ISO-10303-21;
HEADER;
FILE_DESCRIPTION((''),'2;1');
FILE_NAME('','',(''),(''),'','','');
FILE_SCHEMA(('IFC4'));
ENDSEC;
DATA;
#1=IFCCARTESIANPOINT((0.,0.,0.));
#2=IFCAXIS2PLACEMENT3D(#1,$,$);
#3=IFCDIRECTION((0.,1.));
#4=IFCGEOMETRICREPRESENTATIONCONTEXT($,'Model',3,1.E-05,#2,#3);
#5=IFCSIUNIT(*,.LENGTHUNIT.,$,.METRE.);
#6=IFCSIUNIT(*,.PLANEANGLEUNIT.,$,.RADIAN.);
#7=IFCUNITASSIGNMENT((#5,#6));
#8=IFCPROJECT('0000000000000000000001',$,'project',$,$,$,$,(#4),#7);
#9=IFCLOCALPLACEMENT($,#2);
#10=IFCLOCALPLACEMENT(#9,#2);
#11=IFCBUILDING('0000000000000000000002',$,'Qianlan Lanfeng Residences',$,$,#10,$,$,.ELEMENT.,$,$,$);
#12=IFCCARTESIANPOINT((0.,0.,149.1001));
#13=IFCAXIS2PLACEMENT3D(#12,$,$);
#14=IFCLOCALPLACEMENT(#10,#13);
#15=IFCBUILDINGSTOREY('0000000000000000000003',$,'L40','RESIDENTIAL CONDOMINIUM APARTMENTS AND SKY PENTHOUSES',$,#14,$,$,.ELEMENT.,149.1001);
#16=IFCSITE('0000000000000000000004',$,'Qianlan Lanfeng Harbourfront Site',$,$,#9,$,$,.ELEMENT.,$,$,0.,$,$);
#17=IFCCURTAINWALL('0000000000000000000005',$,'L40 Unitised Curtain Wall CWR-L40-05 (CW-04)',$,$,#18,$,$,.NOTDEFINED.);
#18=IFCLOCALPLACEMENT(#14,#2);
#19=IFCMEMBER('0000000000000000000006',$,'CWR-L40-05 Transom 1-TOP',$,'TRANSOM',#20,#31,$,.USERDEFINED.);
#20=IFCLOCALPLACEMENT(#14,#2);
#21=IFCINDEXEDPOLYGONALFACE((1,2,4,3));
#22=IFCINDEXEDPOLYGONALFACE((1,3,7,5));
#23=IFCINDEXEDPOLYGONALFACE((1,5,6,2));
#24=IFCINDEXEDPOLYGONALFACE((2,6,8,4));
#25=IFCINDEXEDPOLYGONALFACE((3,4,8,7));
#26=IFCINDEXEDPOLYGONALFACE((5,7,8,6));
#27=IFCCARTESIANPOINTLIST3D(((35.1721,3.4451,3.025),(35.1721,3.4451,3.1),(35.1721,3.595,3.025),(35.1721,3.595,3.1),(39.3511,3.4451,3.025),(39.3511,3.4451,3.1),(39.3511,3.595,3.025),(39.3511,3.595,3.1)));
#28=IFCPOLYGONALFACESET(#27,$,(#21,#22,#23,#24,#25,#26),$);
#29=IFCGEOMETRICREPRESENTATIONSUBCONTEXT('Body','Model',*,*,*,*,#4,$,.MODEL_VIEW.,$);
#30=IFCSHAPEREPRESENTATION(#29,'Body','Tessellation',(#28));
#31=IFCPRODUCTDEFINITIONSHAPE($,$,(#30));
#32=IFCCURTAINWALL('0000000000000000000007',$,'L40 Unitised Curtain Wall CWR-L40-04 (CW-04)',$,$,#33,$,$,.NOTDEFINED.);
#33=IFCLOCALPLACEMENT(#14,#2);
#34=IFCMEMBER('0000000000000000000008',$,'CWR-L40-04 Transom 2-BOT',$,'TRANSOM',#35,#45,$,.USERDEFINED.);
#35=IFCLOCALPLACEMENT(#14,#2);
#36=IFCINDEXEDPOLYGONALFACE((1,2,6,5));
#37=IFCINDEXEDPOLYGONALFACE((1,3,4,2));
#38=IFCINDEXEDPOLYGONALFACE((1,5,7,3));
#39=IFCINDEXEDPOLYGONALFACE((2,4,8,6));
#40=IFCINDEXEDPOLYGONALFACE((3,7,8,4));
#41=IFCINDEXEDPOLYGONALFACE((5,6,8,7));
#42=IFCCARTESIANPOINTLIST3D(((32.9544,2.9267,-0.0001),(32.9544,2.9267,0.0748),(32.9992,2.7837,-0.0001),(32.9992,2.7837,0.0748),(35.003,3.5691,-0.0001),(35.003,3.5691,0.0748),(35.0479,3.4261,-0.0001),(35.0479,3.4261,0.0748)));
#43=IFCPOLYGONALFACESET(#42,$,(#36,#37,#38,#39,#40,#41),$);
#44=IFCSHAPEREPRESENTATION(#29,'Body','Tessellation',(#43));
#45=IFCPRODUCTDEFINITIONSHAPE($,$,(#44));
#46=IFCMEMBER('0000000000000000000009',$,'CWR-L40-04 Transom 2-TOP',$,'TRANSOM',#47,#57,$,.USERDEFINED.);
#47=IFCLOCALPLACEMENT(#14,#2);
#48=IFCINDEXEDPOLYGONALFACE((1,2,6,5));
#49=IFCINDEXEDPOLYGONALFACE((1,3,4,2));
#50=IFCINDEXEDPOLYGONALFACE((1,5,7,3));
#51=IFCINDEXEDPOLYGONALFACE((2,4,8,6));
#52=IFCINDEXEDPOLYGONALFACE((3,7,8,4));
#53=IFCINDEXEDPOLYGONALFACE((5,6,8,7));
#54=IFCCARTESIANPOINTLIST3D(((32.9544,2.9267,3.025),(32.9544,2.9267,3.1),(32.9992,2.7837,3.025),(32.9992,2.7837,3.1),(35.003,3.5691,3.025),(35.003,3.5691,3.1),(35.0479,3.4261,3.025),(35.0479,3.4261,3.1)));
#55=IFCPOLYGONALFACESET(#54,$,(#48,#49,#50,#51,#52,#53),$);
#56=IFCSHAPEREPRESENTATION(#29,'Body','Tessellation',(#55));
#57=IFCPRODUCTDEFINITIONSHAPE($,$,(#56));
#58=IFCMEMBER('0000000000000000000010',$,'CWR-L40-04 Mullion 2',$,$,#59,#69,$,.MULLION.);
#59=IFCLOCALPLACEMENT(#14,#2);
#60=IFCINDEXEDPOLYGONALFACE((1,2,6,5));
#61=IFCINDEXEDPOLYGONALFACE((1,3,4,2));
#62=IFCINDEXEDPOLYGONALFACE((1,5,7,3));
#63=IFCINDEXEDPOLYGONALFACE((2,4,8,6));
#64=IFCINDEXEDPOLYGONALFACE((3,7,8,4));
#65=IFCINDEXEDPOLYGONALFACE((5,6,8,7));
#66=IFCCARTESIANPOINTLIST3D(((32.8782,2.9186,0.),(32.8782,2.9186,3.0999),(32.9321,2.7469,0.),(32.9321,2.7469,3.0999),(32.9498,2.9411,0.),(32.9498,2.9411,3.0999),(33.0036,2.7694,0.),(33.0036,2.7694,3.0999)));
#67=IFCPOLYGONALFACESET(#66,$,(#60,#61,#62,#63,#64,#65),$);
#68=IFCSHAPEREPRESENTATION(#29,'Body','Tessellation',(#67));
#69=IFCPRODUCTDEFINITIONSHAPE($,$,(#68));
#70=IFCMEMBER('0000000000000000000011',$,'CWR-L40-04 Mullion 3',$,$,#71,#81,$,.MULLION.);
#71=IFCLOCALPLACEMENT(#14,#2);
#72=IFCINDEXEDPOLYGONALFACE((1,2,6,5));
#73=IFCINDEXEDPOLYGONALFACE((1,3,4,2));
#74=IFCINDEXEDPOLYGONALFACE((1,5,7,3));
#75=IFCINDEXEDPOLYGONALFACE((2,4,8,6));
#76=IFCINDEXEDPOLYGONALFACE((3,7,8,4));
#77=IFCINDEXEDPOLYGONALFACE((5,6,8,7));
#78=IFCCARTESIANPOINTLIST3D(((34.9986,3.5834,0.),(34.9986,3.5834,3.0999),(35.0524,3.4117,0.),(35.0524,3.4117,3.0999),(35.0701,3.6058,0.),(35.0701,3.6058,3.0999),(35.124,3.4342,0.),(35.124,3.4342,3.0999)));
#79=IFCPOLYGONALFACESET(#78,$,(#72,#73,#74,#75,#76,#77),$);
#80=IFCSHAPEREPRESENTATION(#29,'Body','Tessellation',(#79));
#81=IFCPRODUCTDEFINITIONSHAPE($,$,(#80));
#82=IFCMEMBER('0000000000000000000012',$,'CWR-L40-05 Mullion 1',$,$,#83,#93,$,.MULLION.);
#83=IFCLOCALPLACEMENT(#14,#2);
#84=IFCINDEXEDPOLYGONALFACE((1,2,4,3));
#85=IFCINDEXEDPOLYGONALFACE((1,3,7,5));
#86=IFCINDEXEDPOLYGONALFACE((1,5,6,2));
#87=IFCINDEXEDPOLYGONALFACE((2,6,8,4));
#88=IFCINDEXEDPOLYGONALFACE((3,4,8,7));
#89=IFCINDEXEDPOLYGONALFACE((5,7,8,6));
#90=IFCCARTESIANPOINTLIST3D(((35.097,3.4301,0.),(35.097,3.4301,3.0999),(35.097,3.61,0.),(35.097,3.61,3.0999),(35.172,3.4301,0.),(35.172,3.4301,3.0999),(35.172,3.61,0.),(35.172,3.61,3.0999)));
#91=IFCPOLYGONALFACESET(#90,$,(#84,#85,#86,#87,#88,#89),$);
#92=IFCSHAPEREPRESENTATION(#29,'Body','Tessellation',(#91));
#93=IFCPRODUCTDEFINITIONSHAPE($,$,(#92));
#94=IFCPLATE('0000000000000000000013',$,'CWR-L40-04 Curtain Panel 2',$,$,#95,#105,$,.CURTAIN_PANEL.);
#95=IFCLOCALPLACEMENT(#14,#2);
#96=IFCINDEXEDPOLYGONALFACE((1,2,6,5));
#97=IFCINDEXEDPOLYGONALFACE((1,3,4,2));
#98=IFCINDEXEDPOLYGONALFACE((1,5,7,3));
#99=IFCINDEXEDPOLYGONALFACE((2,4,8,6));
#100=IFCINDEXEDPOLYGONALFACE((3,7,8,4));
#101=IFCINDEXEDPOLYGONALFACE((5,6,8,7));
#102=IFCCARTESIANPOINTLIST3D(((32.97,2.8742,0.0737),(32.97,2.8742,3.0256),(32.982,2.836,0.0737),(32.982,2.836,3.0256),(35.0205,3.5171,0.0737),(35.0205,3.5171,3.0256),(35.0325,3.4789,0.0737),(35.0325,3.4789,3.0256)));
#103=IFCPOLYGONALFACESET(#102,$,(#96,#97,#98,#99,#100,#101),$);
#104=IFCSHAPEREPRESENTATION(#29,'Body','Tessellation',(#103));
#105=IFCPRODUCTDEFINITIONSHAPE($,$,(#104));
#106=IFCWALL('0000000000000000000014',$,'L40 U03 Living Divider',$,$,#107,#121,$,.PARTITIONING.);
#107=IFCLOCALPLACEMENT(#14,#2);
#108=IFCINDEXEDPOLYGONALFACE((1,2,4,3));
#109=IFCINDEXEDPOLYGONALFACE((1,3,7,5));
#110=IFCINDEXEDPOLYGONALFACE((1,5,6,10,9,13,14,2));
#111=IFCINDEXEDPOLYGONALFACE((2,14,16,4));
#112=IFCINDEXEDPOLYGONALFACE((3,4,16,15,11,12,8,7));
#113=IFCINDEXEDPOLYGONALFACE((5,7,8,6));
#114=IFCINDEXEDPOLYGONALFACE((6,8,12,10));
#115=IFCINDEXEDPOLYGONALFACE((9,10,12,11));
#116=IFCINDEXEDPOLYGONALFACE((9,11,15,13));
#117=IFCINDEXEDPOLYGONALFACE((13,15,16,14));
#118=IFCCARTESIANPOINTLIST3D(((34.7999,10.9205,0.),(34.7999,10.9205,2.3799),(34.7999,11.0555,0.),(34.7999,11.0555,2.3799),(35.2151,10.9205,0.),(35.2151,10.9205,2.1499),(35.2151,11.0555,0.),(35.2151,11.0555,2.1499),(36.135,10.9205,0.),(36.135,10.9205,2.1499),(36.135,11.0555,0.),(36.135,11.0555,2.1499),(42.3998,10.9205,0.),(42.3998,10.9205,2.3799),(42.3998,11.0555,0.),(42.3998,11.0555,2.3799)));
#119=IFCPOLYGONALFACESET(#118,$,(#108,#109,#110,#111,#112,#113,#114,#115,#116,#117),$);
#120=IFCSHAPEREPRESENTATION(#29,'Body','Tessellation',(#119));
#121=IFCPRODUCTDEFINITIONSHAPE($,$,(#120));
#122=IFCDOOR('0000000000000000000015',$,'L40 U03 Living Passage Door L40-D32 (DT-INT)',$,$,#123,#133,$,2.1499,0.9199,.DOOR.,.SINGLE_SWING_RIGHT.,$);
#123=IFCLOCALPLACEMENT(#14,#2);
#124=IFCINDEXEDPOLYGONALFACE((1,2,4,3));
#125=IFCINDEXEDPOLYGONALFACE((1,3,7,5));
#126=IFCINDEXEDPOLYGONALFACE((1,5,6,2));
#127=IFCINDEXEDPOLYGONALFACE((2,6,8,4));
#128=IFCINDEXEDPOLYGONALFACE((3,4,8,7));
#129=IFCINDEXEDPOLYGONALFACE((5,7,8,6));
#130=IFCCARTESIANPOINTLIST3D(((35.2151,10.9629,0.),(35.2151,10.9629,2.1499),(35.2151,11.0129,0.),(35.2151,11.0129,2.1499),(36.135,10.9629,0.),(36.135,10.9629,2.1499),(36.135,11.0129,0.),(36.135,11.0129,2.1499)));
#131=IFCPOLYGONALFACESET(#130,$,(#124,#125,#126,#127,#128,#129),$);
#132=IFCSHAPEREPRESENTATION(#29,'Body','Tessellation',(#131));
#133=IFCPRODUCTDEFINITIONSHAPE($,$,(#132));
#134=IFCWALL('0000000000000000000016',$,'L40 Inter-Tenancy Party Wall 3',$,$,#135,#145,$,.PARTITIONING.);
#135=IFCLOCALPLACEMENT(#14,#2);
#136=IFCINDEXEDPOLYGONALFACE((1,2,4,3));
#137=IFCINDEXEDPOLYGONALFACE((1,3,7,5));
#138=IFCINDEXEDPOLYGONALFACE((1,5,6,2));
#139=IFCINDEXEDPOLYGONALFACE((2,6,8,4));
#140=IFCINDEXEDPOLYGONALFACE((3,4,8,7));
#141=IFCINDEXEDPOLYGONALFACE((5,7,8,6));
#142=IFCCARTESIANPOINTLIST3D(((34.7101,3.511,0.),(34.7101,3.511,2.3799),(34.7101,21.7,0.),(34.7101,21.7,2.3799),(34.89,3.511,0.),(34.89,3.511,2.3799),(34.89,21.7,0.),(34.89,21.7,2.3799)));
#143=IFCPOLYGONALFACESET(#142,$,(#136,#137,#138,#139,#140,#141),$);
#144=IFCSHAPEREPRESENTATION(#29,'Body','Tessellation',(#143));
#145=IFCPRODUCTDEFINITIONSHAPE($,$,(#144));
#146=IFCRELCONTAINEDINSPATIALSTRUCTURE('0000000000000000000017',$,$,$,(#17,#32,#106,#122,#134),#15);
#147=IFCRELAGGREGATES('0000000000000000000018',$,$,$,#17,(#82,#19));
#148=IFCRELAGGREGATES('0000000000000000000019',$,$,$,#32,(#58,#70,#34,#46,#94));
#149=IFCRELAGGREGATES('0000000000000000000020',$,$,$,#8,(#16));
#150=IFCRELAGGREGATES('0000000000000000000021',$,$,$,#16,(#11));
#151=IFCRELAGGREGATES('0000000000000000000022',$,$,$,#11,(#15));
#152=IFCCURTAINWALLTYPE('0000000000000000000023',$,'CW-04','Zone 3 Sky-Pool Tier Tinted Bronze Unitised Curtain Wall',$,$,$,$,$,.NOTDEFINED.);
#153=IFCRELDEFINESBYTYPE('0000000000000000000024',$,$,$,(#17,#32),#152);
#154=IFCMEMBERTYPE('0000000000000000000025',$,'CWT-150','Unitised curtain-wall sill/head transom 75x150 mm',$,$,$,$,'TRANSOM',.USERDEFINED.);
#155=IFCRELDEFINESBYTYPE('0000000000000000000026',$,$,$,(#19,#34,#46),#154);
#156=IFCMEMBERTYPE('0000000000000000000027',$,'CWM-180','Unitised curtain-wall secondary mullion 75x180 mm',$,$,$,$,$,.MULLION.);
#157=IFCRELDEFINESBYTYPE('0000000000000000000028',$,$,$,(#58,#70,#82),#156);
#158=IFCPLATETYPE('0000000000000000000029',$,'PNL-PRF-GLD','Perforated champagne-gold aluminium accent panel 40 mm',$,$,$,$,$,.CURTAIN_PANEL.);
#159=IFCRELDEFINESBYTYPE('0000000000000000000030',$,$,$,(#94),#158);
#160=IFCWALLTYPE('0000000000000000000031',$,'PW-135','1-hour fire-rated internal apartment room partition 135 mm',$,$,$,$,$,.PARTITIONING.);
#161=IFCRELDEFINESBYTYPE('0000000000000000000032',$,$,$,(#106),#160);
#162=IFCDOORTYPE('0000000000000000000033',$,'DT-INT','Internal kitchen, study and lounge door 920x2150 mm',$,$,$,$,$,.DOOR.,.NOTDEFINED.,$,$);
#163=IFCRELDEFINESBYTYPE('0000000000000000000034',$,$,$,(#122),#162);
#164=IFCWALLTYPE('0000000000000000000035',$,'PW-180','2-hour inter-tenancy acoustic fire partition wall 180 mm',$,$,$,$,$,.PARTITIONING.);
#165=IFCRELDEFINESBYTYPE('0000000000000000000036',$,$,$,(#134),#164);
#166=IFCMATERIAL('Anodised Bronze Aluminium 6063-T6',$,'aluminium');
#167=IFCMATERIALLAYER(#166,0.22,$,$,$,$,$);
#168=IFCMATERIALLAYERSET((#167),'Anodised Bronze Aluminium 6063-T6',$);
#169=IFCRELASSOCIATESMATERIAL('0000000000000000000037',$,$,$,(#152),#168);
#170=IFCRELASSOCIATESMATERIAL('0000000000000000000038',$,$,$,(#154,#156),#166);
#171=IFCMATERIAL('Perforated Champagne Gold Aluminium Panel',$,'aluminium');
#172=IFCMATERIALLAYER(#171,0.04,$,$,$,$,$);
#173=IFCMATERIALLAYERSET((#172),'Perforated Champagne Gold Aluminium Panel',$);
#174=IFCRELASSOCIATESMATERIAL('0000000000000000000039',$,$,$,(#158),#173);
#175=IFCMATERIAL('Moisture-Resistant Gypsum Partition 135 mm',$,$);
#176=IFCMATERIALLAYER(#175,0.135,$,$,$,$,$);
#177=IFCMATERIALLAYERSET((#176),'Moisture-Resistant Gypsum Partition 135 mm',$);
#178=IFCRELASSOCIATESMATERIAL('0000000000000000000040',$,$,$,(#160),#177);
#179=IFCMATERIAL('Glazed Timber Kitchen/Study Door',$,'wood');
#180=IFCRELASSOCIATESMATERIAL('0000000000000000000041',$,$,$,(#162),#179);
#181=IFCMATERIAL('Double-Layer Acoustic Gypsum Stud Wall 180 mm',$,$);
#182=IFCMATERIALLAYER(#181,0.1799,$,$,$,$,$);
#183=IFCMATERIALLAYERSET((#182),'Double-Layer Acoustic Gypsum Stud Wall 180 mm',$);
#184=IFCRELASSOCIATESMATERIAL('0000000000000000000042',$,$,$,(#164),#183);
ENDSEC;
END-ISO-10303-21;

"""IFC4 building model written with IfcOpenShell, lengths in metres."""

from ifc_helpers import new_model, si_unit, direction, frame, frame_2d, origin, origin_2d, place, context, subcontext, project, spatial, rectangle, extrude, source, transform, mapped, material, layer, layer_set, material_profile, profile_set, type_object, element, fill, aggregate, save


model = new_model("IFC4")

# Units and contexts
model_context = context("Model", 3, precision=1e-05, world=origin(), true_north=direction((0.0, 1.0)))
body_context = subcontext(model_context, "Body", "Model", "MODEL_VIEW")
ifc_project = project(units=[si_unit("LENGTHUNIT", "METRE"), si_unit("PLANEANGLEUNIT", "RADIAN")], contexts=[model_context])

# Site, building, storey
site_placement = place(None, origin())
site = spatial("IfcSite", under=ifc_project, at=site_placement, Name="Qianlan Lanfeng Harbourfront Site", CompositionType="ELEMENT", RefElevation=0.0)
building_placement = place(site_placement, origin())
building = spatial("IfcBuilding", under=site, at=building_placement, Name="Qianlan Lanfeng Residences", CompositionType="ELEMENT")
storey_placement = place(building_placement, frame((0.0, 0.0, 149.1001)))
storey = spatial("IfcBuildingStorey", under=building, at=storey_placement, Name="L40", Description="RESIDENTIAL CONDOMINIUM APARTMENTS AND SKY PENTHOUSES", CompositionType="ELEMENT", Elevation=149.1001)

# Curtain walls, members
ifc_material_1 = material(Name="Anodised Bronze Aluminium 6063-T6", Category="aluminium")
ifc_layer_1 = layer(ifc_material_1, 0.22)
ifc_layer_set_1 = layer_set([ifc_layer_1], Name="Anodised Bronze Aluminium 6063-T6")
curtain_wall_type = type_object("IfcCurtainWallType", Name="CW-04", Description="Zone 3 Sky-Pool Tier Tinted Bronze Unitised Curtain Wall", PredefinedType="NOTDEFINED", material=ifc_layer_set_1)
curtain_wall_1_placement = place(storey_placement, origin())
curtain_wall_1 = element("IfcCurtainWall", 1, at=curtain_wall_1_placement, inside=storey, type_object=curtain_wall_type, Name="L40 Unitised Curtain Wall CWR-L40-05 (CW-04)", PredefinedType="NOTDEFINED")
ifc_material_profile_1 = material_profile(ifc_material_1, rectangle(XDim=0.075, YDim=0.1499, at=origin_2d()), Name="ALU TRANSOM 75x150")
ifc_profile_set_1 = profile_set([ifc_material_profile_1], Name="Anodised Bronze Aluminium 6063-T6")
member_type_1 = type_object("IfcMemberType", Name="CWT-150", Description="Unitised curtain-wall sill/head transom 75x150 mm", ElementType="TRANSOM", PredefinedType="USERDEFINED", material=ifc_profile_set_1)
shared_shape_1 = source(origin(), body_context, "Body", "SweptSolid", [
    extrude(rectangle(XDim=0.075, YDim=0.1499, at=origin_2d()), origin(), (0.0, 0.0, 1.0), 4.179),
])
member_1_placement = place(storey_placement, frame((35.1721, 3.52, 3.0625), z_axis=(1.0, 0.0, 0.0), x_axis=(0.0, 0.0, 1.0)))
member_1 = element("IfcMember", 2, at=member_1_placement, type_object=member_type_1, Name="CWR-L40-05 Transom 1-TOP", ObjectType="TRANSOM", PredefinedType="USERDEFINED", context=body_context, shape_type="MappedRepresentation", body=[
    mapped(shared_shape_1, transform((0.0, 0.0, 0.0), scale=1.0)),
])
curtain_wall_2_placement = place(storey_placement, origin())
curtain_wall_2 = element("IfcCurtainWall", 3, at=curtain_wall_2_placement, inside=storey, type_object=curtain_wall_type, Name="L40 Unitised Curtain Wall CWR-L40-04 (CW-04)", PredefinedType="NOTDEFINED")
shared_shape_2 = source(origin(), body_context, "Body", "SweptSolid", [
    extrude(rectangle(XDim=0.075, YDim=0.1499, at=origin_2d()), origin(), (0.0, 0.0, 1.0), 2.147),
])
member_2_placement = place(storey_placement, frame((32.9768, 2.8552, 0.0374), z_axis=(0.954194, 0.299188, 0.0), x_axis=(0.0, 0.0, 1.0)))
member_2 = element("IfcMember", 4, at=member_2_placement, type_object=member_type_1, Name="CWR-L40-04 Transom 2-BOT", ObjectType="TRANSOM", PredefinedType="USERDEFINED", context=body_context, shape_type="MappedRepresentation", body=[
    mapped(shared_shape_2, transform((0.0, 0.0, 0.0), scale=1.0)),
])
member_3_placement = place(storey_placement, frame((32.9768, 2.8552, 3.0625), z_axis=(0.954194, 0.299188, 0.0), x_axis=(0.0, 0.0, 1.0)))
member_3 = element("IfcMember", 5, at=member_3_placement, type_object=member_type_1, Name="CWR-L40-04 Transom 2-TOP", ObjectType="TRANSOM", PredefinedType="USERDEFINED", context=body_context, shape_type="MappedRepresentation", body=[
    mapped(shared_shape_2, transform((0.0, 0.0, 0.0), scale=1.0)),
])
ifc_material_profile_2 = material_profile(ifc_material_1, rectangle(XDim=0.075, YDim=0.1799, at=origin_2d()), Name="ALU MULLION 75x180")
ifc_profile_set_2 = profile_set([ifc_material_profile_2], Name="Anodised Bronze Aluminium 6063-T6")
member_type_2 = type_object("IfcMemberType", Name="CWM-180", Description="Unitised curtain-wall secondary mullion 75x180 mm", PredefinedType="MULLION", material=ifc_profile_set_2)
shared_shape_3 = source(origin(), body_context, "Body", "SweptSolid", [
    extrude(rectangle(XDim=0.075, YDim=0.1799, at=origin_2d()), origin(), (0.0, 0.0, 1.0), 3.0999),
])
member_4_placement = place(storey_placement, frame((32.9409, 2.844, 0.0), z_axis=(0.0, 0.0, 1.0), x_axis=(0.954196, 0.299182, 0.0)))
member_4 = element("IfcMember", 6, at=member_4_placement, type_object=member_type_2, Name="CWR-L40-04 Mullion 2", PredefinedType="MULLION", context=body_context, shape_type="MappedRepresentation", body=[
    mapped(shared_shape_3, transform((0.0, 0.0, 0.0), scale=1.0)),
])
member_5_placement = place(storey_placement, frame((35.0613, 3.5088, 0.0), z_axis=(0.0, 0.0, 1.0), x_axis=(0.954196, 0.299182, 0.0)))
member_5 = element("IfcMember", 7, at=member_5_placement, type_object=member_type_2, Name="CWR-L40-04 Mullion 3", PredefinedType="MULLION", context=body_context, shape_type="MappedRepresentation", body=[
    mapped(shared_shape_3, transform((0.0, 0.0, 0.0), scale=1.0)),
])

# Member
member_6_placement = place(storey_placement, frame((35.1345, 3.52, 0.0), z_axis=(0.0, 0.0, 1.0), x_axis=(1.0, 0.0, 0.0)))
member_6 = element("IfcMember", 8, at=member_6_placement, type_object=member_type_2, Name="CWR-L40-05 Mullion 1", PredefinedType="MULLION", context=body_context, shape_type="MappedRepresentation", body=[
    mapped(shared_shape_3, transform((0.0, 0.0, 0.0), scale=1.0)),
])
aggregate(curtain_wall_1, [member_6, member_1])

# Plate
ifc_material_2 = material(Name="Perforated Champagne Gold Aluminium Panel", Category="aluminium")
ifc_layer_2 = layer(ifc_material_2, 0.04)
ifc_layer_set_2 = layer_set([ifc_layer_2], Name="Perforated Champagne Gold Aluminium Panel")
plate_type = type_object("IfcPlateType", Name="PNL-PRF-GLD", Description="Perforated champagne-gold aluminium accent panel 40 mm", PredefinedType="CURTAIN_PANEL", material=ifc_layer_set_2)
shared_shape_4 = source(origin(), body_context, "Body", "SweptSolid", [
    extrude(rectangle(XDim=2.1489, YDim=0.04, at=origin_2d()), origin(), (0.0, 0.0, 1.0), 2.9519),
])
plate_placement = place(storey_placement, frame((34.0012, 3.1765, 0.0737), z_axis=(0.0, 0.0, 1.0), x_axis=(0.954196, 0.299182, 0.0)))
plate = element("IfcPlate", 9, at=plate_placement, type_object=plate_type, Name="CWR-L40-04 Curtain Panel 2", PredefinedType="CURTAIN_PANEL", context=body_context, shape_type="MappedRepresentation", body=[
    mapped(shared_shape_4, transform((0.0, 0.0, 0.0), scale=1.0)),
])
aggregate(curtain_wall_2, [member_4, member_5, member_2, member_3, plate])

# Wall, opening, door
ifc_material_3 = material(Name="Moisture-Resistant Gypsum Partition 135 mm")
ifc_layer_3 = layer(ifc_material_3, 0.135)
ifc_layer_set_3 = layer_set([ifc_layer_3], Name="Moisture-Resistant Gypsum Partition 135 mm")
wall_type_1 = type_object("IfcWallType", Name="PW-135", Description="1-hour fire-rated internal apartment room partition 135 mm", PredefinedType="PARTITIONING", material=ifc_layer_set_3)
wall_1_placement = place(storey_placement, frame((34.8, 10.988, 0.0), z_axis=(0.0, 0.0, 1.0), x_axis=(1.0, 0.0, 0.0)))
wall_1 = element("IfcWall", 10, at=wall_1_placement, inside=storey, type_object=wall_type_1, Name="L40 U03 Living Divider", PredefinedType="PARTITIONING", context=body_context, shape_type="SweptSolid", body=[
    extrude(rectangle(XDim=7.5999, YDim=0.135, at=frame_2d((3.7998, 0.0))), origin(), (0.0, 0.0, 1.0), 2.3799),
])
opening_1_placement = place(wall_1_placement, frame((0.415, 0.0, 0.0)))
opening_1 = element("IfcOpeningElement", 11, at=opening_1_placement, cuts=wall_1, PredefinedType="OPENING", context=body_context, shape_type="SweptSolid", body=[
    extrude(rectangle(XDim=0.9199, YDim=2.1499, at=frame_2d((0.46, 1.075))), frame((0.0, 0.0776, 0.0), z_axis=(0.0, -1.0, 0.0), x_axis=(1.0, 0.0, 0.0)), (0.0, 0.0, 1.0), 0.155),
])
ifc_material_4 = material(Name="Glazed Timber Kitchen/Study Door", Category="wood")
door_type_1 = type_object("IfcDoorType", Name="DT-INT", Description="Internal kitchen, study and lounge door 920x2150 mm", OperationType="NOTDEFINED", PredefinedType="DOOR", material=ifc_material_4)
door_1_placement = place(opening_1_placement, origin())
door_1 = element("IfcDoor", 12, at=door_1_placement, inside=storey, type_object=door_type_1, Name="L40 U03 Living Passage Door L40-D32 (DT-INT)", OperationType="SINGLE_SWING_RIGHT", OverallHeight=2.1499, OverallWidth=0.9199, PredefinedType="DOOR", context=body_context, shape_type="SweptSolid", body=[
    extrude(rectangle(XDim=0.9199, YDim=2.1499, at=frame_2d((0.46, 1.075))), frame((0.0, 0.0249, 0.0), z_axis=(0.0, -1.0, 0.0), x_axis=(1.0, 0.0, 0.0)), (0.0, 0.0, 1.0), 0.05),
])
fill(opening_1, door_1)

# Wall
ifc_material_5 = material(Name="Double-Layer Acoustic Gypsum Stud Wall 180 mm")
ifc_layer_4 = layer(ifc_material_5, 0.1799)
ifc_layer_set_4 = layer_set([ifc_layer_4], Name="Double-Layer Acoustic Gypsum Stud Wall 180 mm")
wall_type_2 = type_object("IfcWallType", Name="PW-180", Description="2-hour inter-tenancy acoustic fire partition wall 180 mm", PredefinedType="PARTITIONING", material=ifc_layer_set_4)
wall_2_placement = place(storey_placement, frame((34.8, 3.511, 0.0), z_axis=(0.0, 0.0, 1.0), x_axis=(0.0, 1.0, 0.0)))
element("IfcWall", 13, at=wall_2_placement, inside=storey, type_object=wall_type_2, Name="L40 Inter-Tenancy Party Wall 3", PredefinedType="PARTITIONING", context=body_context, shape_type="SweptSolid", body=[
    extrude(rectangle(XDim=18.189, YDim=0.1799, at=frame_2d((9.0945, 0.0))), origin(), (0.0, 0.0, 1.0), 2.3799),
])

save(model, "model.ifc")
